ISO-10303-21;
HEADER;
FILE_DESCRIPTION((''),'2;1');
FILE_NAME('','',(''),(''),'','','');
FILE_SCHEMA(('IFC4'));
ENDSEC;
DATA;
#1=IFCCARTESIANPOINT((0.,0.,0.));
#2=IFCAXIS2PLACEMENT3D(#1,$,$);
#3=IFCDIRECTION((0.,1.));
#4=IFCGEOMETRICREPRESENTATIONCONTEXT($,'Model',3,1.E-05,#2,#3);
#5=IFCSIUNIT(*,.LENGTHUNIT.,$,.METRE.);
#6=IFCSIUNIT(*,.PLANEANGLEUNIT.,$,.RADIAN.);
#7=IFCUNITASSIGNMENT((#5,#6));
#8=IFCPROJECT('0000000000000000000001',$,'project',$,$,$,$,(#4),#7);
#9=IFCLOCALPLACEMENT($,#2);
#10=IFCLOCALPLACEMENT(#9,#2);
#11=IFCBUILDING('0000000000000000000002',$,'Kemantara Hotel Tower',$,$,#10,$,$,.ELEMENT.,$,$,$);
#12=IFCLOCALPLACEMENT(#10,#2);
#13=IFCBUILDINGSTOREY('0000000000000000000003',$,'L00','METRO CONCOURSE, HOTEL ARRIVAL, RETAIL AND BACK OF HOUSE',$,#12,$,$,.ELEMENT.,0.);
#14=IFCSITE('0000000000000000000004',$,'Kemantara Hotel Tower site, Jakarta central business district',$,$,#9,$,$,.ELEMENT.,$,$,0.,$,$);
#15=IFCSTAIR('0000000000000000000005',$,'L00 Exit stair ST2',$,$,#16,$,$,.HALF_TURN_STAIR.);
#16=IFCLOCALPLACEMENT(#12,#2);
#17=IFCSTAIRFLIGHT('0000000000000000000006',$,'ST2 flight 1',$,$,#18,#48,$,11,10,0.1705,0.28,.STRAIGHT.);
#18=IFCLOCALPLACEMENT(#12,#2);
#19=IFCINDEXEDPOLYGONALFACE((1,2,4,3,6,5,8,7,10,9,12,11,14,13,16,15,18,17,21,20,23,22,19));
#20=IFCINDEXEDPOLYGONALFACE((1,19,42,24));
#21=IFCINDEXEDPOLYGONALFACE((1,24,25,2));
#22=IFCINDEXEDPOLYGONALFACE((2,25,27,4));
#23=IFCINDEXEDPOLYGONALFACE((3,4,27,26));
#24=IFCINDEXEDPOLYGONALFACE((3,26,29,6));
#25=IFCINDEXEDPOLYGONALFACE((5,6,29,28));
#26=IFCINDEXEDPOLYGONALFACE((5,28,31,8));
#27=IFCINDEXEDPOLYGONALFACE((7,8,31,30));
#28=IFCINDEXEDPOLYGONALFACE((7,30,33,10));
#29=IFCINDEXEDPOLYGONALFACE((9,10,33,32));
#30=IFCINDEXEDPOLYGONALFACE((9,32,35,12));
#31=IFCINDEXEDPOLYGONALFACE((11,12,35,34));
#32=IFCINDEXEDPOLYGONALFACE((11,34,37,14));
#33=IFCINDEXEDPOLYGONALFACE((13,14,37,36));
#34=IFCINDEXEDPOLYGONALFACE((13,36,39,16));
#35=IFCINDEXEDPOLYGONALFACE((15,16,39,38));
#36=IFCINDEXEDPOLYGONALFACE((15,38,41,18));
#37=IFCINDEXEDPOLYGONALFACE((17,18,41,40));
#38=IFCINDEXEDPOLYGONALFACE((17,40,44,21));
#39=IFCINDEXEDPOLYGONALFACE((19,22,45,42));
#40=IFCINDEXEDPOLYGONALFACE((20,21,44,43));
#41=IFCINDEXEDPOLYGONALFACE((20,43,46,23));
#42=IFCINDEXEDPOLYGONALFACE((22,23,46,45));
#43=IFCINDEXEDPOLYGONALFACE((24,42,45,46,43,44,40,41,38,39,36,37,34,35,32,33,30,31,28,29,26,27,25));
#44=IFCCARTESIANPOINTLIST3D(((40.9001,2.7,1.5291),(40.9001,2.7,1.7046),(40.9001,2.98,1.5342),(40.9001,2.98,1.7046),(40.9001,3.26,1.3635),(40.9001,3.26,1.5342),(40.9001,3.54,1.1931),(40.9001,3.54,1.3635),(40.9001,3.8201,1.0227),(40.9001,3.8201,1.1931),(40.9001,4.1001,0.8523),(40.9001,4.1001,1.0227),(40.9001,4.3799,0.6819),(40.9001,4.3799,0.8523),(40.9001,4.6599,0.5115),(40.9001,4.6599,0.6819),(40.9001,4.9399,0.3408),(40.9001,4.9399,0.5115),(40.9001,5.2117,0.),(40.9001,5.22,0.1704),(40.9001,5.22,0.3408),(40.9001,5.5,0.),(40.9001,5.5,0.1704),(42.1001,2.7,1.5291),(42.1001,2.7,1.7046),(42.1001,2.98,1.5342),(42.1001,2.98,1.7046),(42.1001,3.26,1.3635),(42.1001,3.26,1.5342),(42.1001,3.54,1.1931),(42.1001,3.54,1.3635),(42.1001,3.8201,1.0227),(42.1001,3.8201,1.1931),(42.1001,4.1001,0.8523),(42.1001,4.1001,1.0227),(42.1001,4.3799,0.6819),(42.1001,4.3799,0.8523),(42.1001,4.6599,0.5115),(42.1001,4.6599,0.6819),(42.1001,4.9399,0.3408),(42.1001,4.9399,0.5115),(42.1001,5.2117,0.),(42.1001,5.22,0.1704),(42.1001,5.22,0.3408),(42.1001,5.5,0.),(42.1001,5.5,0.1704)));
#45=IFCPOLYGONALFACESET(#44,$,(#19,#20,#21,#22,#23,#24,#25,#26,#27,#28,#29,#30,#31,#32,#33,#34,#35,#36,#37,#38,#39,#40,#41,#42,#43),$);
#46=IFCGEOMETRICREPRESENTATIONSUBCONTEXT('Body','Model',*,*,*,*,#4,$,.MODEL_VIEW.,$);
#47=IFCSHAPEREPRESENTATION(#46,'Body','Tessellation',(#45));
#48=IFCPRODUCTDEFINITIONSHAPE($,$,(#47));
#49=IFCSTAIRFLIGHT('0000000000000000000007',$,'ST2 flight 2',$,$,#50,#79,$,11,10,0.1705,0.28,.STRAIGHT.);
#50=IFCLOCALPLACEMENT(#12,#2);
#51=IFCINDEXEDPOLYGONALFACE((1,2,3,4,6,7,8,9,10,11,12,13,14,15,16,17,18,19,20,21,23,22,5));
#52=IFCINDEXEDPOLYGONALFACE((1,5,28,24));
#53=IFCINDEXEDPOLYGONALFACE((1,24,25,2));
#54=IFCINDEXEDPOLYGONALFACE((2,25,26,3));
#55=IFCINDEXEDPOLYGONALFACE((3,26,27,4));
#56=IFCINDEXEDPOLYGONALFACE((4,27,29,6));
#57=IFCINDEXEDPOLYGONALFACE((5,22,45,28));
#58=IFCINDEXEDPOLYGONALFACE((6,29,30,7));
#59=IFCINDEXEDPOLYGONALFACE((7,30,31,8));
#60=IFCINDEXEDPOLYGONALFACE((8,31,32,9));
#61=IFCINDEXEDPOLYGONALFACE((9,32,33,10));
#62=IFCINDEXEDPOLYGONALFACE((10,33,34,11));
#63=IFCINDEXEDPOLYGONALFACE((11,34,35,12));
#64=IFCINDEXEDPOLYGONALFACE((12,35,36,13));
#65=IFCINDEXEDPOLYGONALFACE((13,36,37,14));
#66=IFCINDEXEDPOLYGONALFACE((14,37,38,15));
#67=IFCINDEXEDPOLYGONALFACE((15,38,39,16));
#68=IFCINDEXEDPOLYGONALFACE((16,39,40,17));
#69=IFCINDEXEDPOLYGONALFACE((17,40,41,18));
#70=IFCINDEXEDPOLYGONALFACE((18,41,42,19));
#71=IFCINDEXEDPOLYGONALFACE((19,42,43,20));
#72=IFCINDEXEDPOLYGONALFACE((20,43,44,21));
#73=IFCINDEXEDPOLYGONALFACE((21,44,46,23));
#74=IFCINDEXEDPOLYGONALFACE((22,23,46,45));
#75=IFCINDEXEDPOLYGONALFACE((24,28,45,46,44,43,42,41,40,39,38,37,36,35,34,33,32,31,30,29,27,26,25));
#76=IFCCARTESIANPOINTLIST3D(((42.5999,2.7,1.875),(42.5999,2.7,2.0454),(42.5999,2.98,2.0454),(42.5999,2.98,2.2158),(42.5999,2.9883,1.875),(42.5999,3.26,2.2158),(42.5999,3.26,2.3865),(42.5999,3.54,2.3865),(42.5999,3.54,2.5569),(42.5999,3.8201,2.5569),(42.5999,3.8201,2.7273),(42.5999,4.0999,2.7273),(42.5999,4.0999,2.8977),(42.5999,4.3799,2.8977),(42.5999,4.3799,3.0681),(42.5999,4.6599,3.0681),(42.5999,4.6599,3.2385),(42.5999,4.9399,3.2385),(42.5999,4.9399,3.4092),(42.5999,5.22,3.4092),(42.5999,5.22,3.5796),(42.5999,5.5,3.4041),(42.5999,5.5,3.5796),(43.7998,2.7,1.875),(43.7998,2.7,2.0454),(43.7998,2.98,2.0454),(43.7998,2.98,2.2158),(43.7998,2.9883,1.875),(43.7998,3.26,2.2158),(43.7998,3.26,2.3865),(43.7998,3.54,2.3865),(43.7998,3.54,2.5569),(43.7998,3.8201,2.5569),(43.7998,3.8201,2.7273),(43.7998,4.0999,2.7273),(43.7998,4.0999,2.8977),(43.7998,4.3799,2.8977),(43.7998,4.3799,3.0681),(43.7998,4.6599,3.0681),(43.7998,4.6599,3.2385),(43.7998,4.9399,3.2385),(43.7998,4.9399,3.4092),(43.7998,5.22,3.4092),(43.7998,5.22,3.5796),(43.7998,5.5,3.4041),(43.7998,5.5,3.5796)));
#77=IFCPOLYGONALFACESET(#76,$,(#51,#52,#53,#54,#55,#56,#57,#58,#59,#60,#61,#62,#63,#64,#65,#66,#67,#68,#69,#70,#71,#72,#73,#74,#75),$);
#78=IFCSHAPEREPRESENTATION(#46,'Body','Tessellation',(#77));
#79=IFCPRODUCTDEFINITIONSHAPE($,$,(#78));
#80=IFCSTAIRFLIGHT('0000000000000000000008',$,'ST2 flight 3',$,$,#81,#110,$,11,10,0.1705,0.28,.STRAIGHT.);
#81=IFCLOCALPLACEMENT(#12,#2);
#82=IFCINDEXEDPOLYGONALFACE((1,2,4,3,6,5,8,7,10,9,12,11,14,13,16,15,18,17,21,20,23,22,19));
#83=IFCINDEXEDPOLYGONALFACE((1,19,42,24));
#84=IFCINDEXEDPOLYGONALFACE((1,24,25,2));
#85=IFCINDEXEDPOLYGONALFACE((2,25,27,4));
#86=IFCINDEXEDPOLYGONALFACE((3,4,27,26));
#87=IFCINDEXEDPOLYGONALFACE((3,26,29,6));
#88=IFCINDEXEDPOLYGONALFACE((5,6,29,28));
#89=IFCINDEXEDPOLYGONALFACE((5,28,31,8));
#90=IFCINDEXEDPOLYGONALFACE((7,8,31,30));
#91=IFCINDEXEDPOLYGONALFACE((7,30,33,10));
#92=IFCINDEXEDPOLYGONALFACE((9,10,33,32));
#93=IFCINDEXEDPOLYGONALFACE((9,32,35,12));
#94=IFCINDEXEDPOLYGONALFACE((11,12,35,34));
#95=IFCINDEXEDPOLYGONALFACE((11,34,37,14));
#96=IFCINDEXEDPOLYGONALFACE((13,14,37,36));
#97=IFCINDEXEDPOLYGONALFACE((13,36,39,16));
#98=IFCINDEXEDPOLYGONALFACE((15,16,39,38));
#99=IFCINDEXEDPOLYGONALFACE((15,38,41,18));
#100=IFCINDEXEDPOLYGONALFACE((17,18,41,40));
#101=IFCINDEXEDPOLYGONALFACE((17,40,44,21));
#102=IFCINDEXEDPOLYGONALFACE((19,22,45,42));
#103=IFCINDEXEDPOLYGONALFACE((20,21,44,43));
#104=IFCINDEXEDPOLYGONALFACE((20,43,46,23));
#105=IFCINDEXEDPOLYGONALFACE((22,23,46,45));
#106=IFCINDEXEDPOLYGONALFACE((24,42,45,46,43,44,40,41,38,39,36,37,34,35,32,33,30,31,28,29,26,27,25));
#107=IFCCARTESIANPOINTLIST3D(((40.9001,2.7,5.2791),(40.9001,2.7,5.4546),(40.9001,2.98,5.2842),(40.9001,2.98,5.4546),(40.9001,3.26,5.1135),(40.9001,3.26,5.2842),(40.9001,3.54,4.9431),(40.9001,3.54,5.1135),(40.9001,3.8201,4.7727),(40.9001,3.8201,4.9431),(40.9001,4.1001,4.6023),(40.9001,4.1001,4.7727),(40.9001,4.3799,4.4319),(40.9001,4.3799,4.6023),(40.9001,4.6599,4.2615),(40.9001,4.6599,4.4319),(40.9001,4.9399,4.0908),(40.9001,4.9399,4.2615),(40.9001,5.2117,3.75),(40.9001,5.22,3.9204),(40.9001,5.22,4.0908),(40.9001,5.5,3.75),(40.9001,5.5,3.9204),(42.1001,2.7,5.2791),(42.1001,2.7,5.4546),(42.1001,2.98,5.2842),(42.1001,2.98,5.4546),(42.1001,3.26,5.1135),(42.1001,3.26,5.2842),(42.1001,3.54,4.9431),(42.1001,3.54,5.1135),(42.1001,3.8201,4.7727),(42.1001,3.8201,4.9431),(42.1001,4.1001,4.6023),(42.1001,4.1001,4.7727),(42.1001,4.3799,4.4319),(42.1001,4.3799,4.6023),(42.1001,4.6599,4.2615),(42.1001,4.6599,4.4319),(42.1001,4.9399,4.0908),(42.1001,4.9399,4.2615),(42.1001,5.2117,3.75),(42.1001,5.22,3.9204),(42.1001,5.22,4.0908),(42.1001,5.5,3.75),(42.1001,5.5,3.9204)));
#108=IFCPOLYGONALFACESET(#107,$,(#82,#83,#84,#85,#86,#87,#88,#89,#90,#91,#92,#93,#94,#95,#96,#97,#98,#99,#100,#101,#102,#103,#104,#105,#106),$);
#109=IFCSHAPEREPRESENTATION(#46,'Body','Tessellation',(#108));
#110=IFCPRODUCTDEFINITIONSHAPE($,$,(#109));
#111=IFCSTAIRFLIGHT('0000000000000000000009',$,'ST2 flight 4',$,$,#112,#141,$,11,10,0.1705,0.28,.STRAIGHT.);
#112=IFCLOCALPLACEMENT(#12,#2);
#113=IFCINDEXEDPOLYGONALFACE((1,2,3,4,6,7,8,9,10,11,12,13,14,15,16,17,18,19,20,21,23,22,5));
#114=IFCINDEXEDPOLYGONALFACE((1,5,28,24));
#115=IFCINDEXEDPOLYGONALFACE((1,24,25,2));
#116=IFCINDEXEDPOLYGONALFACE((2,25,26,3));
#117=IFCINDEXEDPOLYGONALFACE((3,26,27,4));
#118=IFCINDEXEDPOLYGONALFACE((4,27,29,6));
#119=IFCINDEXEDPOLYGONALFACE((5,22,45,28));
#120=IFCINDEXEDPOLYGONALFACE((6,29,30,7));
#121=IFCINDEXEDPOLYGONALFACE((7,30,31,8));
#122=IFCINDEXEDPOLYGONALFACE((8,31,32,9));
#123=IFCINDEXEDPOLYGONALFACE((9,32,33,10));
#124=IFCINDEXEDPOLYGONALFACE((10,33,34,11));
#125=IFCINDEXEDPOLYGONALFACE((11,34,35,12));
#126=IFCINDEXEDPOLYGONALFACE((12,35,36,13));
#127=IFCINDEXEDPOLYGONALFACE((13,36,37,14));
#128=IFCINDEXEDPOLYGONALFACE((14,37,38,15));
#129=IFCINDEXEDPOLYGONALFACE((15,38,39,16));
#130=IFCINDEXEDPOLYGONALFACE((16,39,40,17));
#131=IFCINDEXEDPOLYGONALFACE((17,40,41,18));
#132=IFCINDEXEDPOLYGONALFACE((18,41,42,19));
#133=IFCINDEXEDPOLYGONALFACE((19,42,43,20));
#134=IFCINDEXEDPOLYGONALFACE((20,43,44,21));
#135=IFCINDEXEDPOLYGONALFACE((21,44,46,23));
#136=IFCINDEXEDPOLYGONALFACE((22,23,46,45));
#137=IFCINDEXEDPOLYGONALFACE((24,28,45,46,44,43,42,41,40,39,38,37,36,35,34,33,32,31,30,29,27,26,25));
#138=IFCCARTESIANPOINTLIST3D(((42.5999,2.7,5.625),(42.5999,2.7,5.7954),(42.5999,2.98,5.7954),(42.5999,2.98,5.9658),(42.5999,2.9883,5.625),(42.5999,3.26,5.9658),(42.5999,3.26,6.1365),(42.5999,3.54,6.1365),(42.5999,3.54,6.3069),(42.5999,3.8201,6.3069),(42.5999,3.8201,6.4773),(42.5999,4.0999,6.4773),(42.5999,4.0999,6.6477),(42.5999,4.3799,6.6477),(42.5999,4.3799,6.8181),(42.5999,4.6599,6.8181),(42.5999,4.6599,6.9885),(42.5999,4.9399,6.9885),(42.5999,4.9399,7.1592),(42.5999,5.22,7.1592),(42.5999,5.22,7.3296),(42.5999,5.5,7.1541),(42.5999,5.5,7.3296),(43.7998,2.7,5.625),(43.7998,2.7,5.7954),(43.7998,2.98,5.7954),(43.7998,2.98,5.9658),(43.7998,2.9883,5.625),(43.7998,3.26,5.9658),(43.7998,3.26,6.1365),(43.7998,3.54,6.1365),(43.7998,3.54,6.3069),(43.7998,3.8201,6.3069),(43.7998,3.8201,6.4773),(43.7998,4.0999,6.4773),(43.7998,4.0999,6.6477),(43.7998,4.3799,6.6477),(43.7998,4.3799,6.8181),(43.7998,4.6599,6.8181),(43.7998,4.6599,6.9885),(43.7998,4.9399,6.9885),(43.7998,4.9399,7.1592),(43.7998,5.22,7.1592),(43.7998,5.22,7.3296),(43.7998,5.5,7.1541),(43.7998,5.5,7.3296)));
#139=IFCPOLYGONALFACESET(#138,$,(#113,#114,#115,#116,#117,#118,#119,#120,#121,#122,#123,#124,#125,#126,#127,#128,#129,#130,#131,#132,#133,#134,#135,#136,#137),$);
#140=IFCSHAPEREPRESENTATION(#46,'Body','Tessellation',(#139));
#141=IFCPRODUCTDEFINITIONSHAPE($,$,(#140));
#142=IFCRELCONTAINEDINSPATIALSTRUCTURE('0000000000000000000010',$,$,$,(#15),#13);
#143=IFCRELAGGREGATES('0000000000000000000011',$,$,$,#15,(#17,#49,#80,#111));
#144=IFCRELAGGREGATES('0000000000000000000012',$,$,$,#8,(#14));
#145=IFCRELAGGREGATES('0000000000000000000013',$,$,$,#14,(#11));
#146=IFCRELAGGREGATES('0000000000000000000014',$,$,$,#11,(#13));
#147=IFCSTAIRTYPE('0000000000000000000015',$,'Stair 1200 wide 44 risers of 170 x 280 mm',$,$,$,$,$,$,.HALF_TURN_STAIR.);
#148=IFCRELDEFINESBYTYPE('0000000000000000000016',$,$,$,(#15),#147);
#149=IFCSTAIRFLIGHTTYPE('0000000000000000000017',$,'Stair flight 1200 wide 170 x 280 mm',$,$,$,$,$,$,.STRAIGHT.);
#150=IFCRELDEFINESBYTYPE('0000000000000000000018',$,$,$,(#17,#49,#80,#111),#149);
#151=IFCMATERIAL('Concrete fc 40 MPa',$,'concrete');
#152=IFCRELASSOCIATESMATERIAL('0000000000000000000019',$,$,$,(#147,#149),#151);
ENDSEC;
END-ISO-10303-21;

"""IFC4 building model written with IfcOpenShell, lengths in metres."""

from ifc_helpers import new_model, si_unit, direction, frame, origin, place, context, subcontext, project, spatial, polyline, outline, extrude, material, type_object, element, aggregate, save


model = new_model("IFC4")

# Units and contexts
model_context = context("Model", 3, precision=1e-05, world=origin(), true_north=direction((0.0, 1.0)))
body_context = subcontext(model_context, "Body", "Model", "MODEL_VIEW")
ifc_project = project(units=[si_unit("LENGTHUNIT", "METRE"), si_unit("PLANEANGLEUNIT", "RADIAN")], contexts=[model_context])

# Site, building, storey
site_placement = place(None, origin())
site = spatial("IfcSite", under=ifc_project, at=site_placement, Name="Kemantara Hotel Tower site, Jakarta central business district", CompositionType="ELEMENT", RefElevation=0.0)
building_placement = place(site_placement, origin())
building = spatial("IfcBuilding", under=site, at=building_placement, Name="Kemantara Hotel Tower", CompositionType="ELEMENT")
storey_placement = place(building_placement, origin())
storey = spatial("IfcBuildingStorey", under=building, at=storey_placement, Name="L00", Description="METRO CONCOURSE, HOTEL ARRIVAL, RETAIL AND BACK OF HOUSE", CompositionType="ELEMENT", Elevation=0.0)

# Stair, stair flights
ifc_material_1 = material(Name="Concrete fc 40 MPa", Category="concrete")
stair_type = type_object("IfcStairType", Name="Stair 1200 wide 44 risers of 170 x 280 mm", PredefinedType="HALF_TURN_STAIR", material=ifc_material_1)
stair_placement = place(storey_placement, origin())
stair = element("IfcStair", 1, at=stair_placement, inside=storey, type_object=stair_type, Name="L00 Exit stair ST2", PredefinedType="HALF_TURN_STAIR")
stair_flight_type = type_object("IfcStairFlightType", Name="Stair flight 1200 wide 170 x 280 mm", PredefinedType="STRAIGHT", material=ifc_material_1)
stair_flight_1_placement = place(storey_placement, frame((41.5, 5.5, 0.0), z_axis=(0.0, 0.0, 1.0), x_axis=(0.0, -1.0, 0.0)))
stair_flight_1 = element("IfcStairFlight", 2, at=stair_flight_1_placement, type_object=stair_flight_type, Name="ST2 flight 1", NumberOfRisers=11, NumberOfTreads=10, PredefinedType="STRAIGHT", RiserHeight=0.1705, TreadLength=0.28, context=body_context, shape_type="SweptSolid", body=[
    extrude(outline(polyline([(0.0, 0.0), (0.0, 0.1704), (0.28, 0.1704), (0.28, 0.3408), (0.5601, 0.3408), (0.5601, 0.5115), (0.8401, 0.5115), (0.8401, 0.6819), (1.1201, 0.6819), (1.1201, 0.8523), (1.3999, 0.8523), (1.3999, 1.0227), (1.6799, 1.0227), (1.6799, 1.1931), (1.96, 1.1931), (1.96, 1.3635), (2.24, 1.3635), (2.24, 1.5342), (2.52, 1.5342), (2.52, 1.7046), (2.8, 1.7046), (2.8, 1.875), (2.8, 1.5291), (0.2883, 0.0), (0.0, 0.0)])), frame((0.0, 0.6001, 0.0), z_axis=(0.0, -1.0, 0.0), x_axis=(1.0, 0.0, 0.0)), (0.0, 0.0, 1.0), 1.2),
])
stair_flight_2_placement = place(storey_placement, frame((43.2, 2.7, 1.875), z_axis=(0.0, 0.0, 1.0), x_axis=(0.0, 1.0, 0.0)))
stair_flight_2 = element("IfcStairFlight", 3, at=stair_flight_2_placement, type_object=stair_flight_type, Name="ST2 flight 2", NumberOfRisers=11, NumberOfTreads=10, PredefinedType="STRAIGHT", RiserHeight=0.1705, TreadLength=0.28, context=body_context, shape_type="SweptSolid", body=[
    extrude(outline(polyline([(0.0, 0.0), (0.0, 0.1704), (0.28, 0.1704), (0.28, 0.3408), (0.5601, 0.3408), (0.5601, 0.5115), (0.8401, 0.5115), (0.8401, 0.6819), (1.1201, 0.6819), (1.1201, 0.8523), (1.3999, 0.8523), (1.3999, 1.0227), (1.6799, 1.0227), (1.6799, 1.1931), (1.96, 1.1931), (1.96, 1.3635), (2.24, 1.3635), (2.24, 1.5342), (2.52, 1.5342), (2.52, 1.7046), (2.8, 1.7046), (2.8, 1.875), (2.8, 1.5291), (0.2883, 0.0), (0.0, 0.0)])), frame((0.0, 0.6001, 0.0), z_axis=(0.0, -1.0, 0.0), x_axis=(1.0, 0.0, 0.0)), (0.0, 0.0, 1.0), 1.2),
])
stair_flight_3_placement = place(storey_placement, frame((41.5, 5.5, 3.75), z_axis=(0.0, 0.0, 1.0), x_axis=(0.0, -1.0, 0.0)))
stair_flight_3 = element("IfcStairFlight", 4, at=stair_flight_3_placement, type_object=stair_flight_type, Name="ST2 flight 3", NumberOfRisers=11, NumberOfTreads=10, PredefinedType="STRAIGHT", RiserHeight=0.1705, TreadLength=0.28, context=body_context, shape_type="SweptSolid", body=[
    extrude(outline(polyline([(0.0, 0.0), (0.0, 0.1704), (0.28, 0.1704), (0.28, 0.3408), (0.5601, 0.3408), (0.5601, 0.5115), (0.8401, 0.5115), (0.8401, 0.6819), (1.1201, 0.6819), (1.1201, 0.8523), (1.3999, 0.8523), (1.3999, 1.0227), (1.6799, 1.0227), (1.6799, 1.1931), (1.96, 1.1931), (1.96, 1.3635), (2.24, 1.3635), (2.24, 1.5342), (2.52, 1.5342), (2.52, 1.7046), (2.8, 1.7046), (2.8, 1.875), (2.8, 1.5291), (0.2883, 0.0), (0.0, 0.0)])), frame((0.0, 0.6001, 0.0), z_axis=(0.0, -1.0, 0.0), x_axis=(1.0, 0.0, 0.0)), (0.0, 0.0, 1.0), 1.2),
])
stair_flight_4_placement = place(storey_placement, frame((43.2, 2.7, 5.625), z_axis=(0.0, 0.0, 1.0), x_axis=(0.0, 1.0, 0.0)))
stair_flight_4 = element("IfcStairFlight", 5, at=stair_flight_4_placement, type_object=stair_flight_type, Name="ST2 flight 4", NumberOfRisers=11, NumberOfTreads=10, PredefinedType="STRAIGHT", RiserHeight=0.1705, TreadLength=0.28, context=body_context, shape_type="SweptSolid", body=[
    extrude(outline(polyline([(0.0, 0.0), (0.0, 0.1704), (0.28, 0.1704), (0.28, 0.3408), (0.5601, 0.3408), (0.5601, 0.5115), (0.8401, 0.5115), (0.8401, 0.6819), (1.1201, 0.6819), (1.1201, 0.8523), (1.3999, 0.8523), (1.3999, 1.0227), (1.6799, 1.0227), (1.6799, 1.1931), (1.96, 1.1931), (1.96, 1.3635), (2.24, 1.3635), (2.24, 1.5342), (2.52, 1.5342), (2.52, 1.7046), (2.8, 1.7046), (2.8, 1.875), (2.8, 1.5291), (0.2883, 0.0), (0.0, 0.0)])), frame((0.0, 0.6001, 0.0), z_axis=(0.0, -1.0, 0.0), x_axis=(1.0, 0.0, 0.0)), (0.0, 0.0, 1.0), 1.2),
])
aggregate(stair, [stair_flight_1, stair_flight_2, stair_flight_3, stair_flight_4])

save(model, "model.ifc")
